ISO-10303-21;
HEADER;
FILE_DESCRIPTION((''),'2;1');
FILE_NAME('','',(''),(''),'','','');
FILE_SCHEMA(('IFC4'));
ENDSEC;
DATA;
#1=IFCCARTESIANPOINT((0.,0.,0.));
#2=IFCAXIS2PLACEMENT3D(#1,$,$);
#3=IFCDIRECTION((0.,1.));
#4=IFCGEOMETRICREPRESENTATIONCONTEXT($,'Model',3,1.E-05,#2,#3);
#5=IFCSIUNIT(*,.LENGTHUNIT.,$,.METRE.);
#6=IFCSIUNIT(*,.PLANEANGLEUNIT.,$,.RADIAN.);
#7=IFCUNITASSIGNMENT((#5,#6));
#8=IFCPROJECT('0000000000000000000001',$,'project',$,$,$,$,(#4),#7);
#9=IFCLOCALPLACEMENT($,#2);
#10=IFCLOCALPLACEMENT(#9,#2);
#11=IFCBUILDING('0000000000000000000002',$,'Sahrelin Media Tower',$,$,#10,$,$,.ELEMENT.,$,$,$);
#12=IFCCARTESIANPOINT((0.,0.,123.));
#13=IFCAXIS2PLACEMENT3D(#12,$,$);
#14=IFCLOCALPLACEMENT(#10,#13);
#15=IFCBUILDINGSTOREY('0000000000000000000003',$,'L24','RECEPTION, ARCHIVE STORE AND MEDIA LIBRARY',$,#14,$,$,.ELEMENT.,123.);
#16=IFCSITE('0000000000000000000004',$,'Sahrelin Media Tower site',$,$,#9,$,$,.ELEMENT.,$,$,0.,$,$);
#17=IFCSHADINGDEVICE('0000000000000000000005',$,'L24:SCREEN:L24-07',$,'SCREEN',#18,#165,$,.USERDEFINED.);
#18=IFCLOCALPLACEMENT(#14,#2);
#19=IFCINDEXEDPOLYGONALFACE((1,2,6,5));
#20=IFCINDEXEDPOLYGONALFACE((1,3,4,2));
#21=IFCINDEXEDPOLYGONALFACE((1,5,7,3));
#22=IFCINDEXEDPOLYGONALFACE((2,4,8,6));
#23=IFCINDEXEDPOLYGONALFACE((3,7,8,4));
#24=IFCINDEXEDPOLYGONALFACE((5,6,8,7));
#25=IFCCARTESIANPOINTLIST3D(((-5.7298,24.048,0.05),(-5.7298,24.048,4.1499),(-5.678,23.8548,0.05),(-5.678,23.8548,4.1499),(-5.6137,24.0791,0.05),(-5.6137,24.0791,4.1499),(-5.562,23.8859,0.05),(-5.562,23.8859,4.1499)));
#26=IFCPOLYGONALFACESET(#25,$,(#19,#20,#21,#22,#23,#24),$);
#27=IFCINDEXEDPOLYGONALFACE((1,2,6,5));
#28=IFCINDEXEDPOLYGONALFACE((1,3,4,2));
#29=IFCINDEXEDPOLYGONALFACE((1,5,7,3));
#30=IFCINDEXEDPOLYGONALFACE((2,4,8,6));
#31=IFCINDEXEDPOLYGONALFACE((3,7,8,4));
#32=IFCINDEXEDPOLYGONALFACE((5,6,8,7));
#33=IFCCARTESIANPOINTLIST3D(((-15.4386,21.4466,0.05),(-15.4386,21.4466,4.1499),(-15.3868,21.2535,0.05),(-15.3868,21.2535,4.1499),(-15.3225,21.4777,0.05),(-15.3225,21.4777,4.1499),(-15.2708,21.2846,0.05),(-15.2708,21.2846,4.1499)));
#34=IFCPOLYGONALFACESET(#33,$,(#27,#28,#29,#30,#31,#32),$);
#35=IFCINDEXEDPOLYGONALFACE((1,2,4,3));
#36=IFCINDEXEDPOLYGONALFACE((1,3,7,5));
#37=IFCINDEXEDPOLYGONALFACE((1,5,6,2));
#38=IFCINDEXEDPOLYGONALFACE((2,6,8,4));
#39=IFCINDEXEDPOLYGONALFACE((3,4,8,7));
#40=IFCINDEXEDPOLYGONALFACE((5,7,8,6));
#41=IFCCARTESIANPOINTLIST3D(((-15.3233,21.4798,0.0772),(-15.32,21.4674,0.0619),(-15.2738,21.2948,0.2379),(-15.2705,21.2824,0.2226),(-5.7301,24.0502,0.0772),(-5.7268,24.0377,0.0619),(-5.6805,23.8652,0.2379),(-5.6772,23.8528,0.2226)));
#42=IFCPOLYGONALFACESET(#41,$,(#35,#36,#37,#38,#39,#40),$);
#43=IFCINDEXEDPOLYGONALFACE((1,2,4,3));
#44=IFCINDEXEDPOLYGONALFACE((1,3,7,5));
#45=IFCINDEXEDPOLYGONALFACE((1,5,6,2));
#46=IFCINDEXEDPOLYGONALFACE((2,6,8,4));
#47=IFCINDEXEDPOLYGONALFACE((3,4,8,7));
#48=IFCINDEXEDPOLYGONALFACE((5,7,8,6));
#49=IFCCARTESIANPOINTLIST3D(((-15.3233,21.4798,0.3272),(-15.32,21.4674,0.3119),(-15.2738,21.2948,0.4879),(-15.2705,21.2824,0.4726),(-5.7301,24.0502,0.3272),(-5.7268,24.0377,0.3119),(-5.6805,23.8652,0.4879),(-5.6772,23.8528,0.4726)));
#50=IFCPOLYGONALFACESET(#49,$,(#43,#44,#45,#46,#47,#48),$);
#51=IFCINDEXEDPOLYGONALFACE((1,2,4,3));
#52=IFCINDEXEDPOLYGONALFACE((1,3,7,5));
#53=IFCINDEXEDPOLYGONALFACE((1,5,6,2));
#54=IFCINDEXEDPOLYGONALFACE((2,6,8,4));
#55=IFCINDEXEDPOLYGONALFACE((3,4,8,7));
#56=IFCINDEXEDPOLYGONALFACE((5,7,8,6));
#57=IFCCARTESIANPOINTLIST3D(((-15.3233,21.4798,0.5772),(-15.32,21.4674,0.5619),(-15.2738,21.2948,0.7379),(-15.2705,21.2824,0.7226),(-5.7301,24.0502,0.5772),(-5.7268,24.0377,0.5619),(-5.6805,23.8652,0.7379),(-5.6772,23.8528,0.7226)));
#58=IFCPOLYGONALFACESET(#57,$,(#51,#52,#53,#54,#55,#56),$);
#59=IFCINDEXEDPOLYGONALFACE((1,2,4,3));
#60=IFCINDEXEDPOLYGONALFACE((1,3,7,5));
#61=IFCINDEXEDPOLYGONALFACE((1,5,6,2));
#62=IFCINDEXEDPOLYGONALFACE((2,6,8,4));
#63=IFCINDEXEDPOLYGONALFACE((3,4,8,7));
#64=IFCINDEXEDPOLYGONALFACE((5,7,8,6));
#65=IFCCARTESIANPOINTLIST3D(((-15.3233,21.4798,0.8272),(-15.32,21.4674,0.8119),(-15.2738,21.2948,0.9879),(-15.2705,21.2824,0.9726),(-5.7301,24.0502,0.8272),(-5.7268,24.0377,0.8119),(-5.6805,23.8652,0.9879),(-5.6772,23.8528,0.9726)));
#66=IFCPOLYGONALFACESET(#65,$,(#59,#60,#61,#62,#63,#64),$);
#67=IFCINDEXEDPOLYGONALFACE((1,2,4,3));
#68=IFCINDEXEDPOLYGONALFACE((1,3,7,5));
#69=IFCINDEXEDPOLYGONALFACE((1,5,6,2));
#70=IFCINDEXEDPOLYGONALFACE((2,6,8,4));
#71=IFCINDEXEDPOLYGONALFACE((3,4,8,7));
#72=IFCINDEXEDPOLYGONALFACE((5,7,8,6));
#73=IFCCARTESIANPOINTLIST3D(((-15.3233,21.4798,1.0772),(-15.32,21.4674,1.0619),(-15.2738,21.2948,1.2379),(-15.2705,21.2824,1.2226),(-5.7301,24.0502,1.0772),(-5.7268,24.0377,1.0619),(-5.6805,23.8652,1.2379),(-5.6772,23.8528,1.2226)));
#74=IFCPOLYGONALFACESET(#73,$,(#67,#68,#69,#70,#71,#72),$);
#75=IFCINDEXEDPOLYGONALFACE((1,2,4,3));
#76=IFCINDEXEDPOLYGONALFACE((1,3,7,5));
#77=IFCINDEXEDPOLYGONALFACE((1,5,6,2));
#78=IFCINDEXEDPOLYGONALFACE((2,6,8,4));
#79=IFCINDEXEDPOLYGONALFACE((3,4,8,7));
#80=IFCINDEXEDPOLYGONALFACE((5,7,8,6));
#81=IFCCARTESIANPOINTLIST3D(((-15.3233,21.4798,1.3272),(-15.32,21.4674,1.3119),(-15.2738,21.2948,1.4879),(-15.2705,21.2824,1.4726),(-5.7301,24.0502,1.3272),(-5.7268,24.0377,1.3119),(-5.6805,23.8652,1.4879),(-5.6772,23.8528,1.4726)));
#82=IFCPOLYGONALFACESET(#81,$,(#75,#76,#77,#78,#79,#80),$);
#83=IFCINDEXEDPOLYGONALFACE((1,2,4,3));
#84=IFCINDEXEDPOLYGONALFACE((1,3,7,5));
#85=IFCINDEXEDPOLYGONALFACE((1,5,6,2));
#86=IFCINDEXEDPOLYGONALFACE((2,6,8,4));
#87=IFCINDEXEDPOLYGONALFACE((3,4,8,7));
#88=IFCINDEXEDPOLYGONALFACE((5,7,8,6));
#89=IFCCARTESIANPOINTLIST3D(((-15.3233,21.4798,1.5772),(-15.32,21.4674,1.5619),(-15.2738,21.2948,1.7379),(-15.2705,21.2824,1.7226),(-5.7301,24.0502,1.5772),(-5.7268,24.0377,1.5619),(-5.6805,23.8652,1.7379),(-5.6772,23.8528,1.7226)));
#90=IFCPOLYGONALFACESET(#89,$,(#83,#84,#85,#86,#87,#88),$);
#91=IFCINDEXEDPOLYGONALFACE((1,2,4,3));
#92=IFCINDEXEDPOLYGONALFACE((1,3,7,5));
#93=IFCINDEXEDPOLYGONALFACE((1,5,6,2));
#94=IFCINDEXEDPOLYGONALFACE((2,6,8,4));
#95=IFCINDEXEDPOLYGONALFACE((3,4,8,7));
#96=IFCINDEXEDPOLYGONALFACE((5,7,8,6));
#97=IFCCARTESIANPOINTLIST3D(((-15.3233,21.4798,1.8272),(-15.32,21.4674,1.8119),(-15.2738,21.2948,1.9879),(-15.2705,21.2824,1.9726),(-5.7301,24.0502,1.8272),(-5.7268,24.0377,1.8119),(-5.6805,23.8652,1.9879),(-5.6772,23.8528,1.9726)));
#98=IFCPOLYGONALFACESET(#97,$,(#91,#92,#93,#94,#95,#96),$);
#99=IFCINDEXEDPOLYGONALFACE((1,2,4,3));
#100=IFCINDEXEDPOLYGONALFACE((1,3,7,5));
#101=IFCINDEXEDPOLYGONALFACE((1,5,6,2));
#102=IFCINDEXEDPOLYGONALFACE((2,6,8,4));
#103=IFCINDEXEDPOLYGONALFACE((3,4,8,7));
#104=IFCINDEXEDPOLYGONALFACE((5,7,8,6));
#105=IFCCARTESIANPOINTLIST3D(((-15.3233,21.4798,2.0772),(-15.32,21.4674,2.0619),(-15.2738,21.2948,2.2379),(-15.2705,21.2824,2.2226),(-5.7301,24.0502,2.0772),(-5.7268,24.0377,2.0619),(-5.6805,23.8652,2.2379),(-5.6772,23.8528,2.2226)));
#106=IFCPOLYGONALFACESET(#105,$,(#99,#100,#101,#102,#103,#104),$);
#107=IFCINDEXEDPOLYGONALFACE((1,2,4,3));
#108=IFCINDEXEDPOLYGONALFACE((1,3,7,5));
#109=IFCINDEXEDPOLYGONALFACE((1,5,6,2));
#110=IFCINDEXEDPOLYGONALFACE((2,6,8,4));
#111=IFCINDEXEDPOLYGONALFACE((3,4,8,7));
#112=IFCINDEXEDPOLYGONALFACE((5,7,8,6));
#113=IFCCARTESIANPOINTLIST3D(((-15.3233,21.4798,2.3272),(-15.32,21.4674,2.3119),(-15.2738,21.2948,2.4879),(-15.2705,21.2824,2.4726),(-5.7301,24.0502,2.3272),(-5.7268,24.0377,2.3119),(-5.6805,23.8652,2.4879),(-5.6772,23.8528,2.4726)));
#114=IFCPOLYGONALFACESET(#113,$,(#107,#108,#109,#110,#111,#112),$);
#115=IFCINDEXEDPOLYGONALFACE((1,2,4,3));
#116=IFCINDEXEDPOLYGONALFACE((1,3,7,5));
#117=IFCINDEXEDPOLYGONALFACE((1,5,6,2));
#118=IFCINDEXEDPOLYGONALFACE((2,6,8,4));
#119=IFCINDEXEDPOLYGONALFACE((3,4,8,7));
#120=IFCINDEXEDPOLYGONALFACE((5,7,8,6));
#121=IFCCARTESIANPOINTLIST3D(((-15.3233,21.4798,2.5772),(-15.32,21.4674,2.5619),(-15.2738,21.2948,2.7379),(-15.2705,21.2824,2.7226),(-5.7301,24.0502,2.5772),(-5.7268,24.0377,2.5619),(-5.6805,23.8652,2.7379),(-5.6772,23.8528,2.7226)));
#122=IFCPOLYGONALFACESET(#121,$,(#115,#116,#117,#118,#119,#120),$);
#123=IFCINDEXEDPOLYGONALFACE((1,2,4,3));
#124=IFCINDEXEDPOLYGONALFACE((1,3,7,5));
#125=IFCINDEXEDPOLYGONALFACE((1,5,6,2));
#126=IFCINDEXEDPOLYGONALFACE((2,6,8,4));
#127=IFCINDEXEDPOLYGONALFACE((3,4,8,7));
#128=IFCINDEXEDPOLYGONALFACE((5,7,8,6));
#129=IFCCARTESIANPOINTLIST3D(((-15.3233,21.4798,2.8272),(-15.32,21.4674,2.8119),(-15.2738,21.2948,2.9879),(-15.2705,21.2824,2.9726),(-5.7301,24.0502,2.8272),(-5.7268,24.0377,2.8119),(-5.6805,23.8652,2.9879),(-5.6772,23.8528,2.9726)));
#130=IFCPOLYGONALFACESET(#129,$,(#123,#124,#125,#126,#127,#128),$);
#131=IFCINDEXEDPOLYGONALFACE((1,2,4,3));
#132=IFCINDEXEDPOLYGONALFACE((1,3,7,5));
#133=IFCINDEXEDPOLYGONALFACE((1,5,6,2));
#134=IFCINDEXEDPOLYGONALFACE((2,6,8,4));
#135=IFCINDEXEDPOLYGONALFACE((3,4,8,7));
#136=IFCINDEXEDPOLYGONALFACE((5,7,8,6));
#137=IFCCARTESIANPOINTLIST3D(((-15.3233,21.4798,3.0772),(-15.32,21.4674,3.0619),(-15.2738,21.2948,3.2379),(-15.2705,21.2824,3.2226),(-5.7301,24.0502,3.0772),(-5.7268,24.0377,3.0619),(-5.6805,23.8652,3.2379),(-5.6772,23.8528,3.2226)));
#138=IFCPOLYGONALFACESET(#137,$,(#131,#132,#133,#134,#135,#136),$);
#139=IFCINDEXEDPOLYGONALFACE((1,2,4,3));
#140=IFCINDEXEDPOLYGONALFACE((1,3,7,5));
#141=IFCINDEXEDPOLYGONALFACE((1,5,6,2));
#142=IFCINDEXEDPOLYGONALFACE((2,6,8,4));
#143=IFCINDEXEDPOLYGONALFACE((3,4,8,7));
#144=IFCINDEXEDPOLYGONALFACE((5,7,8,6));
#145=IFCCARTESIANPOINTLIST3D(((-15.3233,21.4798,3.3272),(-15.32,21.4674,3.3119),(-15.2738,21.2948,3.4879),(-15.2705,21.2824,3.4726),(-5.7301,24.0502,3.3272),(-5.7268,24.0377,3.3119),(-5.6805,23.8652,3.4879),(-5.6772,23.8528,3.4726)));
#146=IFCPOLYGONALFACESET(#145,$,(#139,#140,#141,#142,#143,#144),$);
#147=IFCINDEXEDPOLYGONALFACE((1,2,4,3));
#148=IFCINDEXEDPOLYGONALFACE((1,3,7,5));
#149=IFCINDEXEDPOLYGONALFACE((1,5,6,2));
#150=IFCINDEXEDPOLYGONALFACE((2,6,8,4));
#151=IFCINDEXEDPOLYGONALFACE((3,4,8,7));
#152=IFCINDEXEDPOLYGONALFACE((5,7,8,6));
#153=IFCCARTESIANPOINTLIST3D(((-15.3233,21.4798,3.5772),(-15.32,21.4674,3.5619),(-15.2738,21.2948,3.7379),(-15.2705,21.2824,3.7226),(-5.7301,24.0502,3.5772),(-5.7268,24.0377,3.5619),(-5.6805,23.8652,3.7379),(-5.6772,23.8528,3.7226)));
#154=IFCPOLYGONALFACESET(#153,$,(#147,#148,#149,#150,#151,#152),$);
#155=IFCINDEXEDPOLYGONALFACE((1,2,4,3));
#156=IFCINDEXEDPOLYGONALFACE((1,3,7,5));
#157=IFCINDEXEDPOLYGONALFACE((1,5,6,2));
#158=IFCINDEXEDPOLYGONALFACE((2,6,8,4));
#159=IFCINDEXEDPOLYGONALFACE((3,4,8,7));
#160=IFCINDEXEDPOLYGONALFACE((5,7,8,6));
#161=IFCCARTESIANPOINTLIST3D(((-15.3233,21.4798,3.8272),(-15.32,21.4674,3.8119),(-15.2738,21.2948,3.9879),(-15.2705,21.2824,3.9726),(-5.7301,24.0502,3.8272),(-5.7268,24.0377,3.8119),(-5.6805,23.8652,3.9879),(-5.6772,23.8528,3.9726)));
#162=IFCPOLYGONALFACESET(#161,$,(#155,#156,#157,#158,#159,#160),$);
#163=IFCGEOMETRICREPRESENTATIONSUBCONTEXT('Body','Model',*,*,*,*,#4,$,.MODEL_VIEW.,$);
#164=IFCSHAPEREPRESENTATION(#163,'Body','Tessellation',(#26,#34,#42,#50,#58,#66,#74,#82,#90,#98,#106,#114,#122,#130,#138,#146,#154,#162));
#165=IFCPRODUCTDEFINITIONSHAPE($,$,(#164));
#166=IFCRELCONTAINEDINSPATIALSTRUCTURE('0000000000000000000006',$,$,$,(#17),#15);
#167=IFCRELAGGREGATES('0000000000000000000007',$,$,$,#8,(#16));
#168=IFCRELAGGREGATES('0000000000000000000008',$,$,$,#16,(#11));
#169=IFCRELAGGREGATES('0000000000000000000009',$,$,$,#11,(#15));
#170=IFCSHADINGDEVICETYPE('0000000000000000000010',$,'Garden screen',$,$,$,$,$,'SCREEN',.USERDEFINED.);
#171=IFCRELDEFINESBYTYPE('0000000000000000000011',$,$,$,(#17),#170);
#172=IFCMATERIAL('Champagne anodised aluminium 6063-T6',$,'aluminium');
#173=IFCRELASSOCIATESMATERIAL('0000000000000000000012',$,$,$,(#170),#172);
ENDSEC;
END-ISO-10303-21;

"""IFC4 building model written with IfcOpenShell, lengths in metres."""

from ifc_helpers import new_model, si_unit, direction, frame, origin, origin_2d, place, context, subcontext, project, spatial, rectangle, extrude, material, type_object, element, save


model = new_model("IFC4")

# Units and contexts
model_context = context("Model", 3, precision=1e-05, world=origin(), true_north=direction((0.0, 1.0)))
body_context = subcontext(model_context, "Body", "Model", "MODEL_VIEW")
ifc_project = project(units=[si_unit("LENGTHUNIT", "METRE"), si_unit("PLANEANGLEUNIT", "RADIAN")], contexts=[model_context])

# Site, building, storey
site_placement = place(None, origin())
site = spatial("IfcSite", under=ifc_project, at=site_placement, Name="Sahrelin Media Tower site", CompositionType="ELEMENT", RefElevation=0.0)
building_placement = place(site_placement, origin())
building = spatial("IfcBuilding", under=site, at=building_placement, Name="Sahrelin Media Tower", CompositionType="ELEMENT")
storey_placement = place(building_placement, frame((0.0, 0.0, 123.0)))
storey = spatial("IfcBuildingStorey", under=building, at=storey_placement, Name="L24", Description="RECEPTION, ARCHIVE STORE AND MEDIA LIBRARY", CompositionType="ELEMENT", Elevation=123.0)

# Shared definitions
ifc_material_1 = material(Name="Champagne anodised aluminium 6063-T6", Category="aluminium")

# Shading device
shading_device_type = type_object("IfcShadingDeviceType", Name="Garden screen", ElementType="SCREEN", PredefinedType="USERDEFINED", material=ifc_material_1)
shading_device_1_placement = place(storey_placement, frame((-10.4744, 22.5696, 0.0), z_axis=(0.0, 0.0, 1.0), x_axis=(0.965929, 0.258808, 0.0)))
element("IfcShadingDevice", 1, at=shading_device_1_placement, inside=storey, type_object=shading_device_type, Name="L24:SCREEN:L24-07", ObjectType="SCREEN", PredefinedType="USERDEFINED", context=body_context, shape_type="SweptSolid", body=[
    extrude(rectangle(XDim=0.1201, YDim=0.2, at=origin_2d()), frame((5.0256, 0.1001, 0.05), z_axis=(0.0, 0.0, 1.0), x_axis=(1.0, 0.0, 0.0)), (0.0, 0.0, 1.0), 4.0999),
    extrude(rectangle(XDim=0.1201, YDim=0.2, at=origin_2d()), frame((-5.0256, 0.1001, 0.05), z_axis=(0.0, 0.0, 1.0), x_axis=(1.0, 0.0, 0.0)), (0.0, 0.0, 1.0), 4.0999),
    extrude(rectangle(XDim=0.25, YDim=0.02, at=origin_2d()), frame((4.9658, 0.1001, 0.1499), z_axis=(-1.0, 0.0, 0.0), x_axis=(0.0, -0.766044, 0.642788)), (0.0, 0.0, 1.0), 9.9316),
    extrude(rectangle(XDim=0.25, YDim=0.02, at=origin_2d()), frame((4.9658, 0.1001, 0.3999), z_axis=(-1.0, 0.0, 0.0), x_axis=(0.0, -0.766044, 0.642788)), (0.0, 0.0, 1.0), 9.9316),
    extrude(rectangle(XDim=0.25, YDim=0.02, at=origin_2d()), frame((4.9658, 0.1001, 0.6499), z_axis=(-1.0, 0.0, 0.0), x_axis=(0.0, -0.766044, 0.642788)), (0.0, 0.0, 1.0), 9.9316),
    extrude(rectangle(XDim=0.25, YDim=0.02, at=origin_2d()), frame((4.9658, 0.1001, 0.8999), z_axis=(-1.0, 0.0, 0.0), x_axis=(0.0, -0.766044, 0.642788)), (0.0, 0.0, 1.0), 9.9316),
    extrude(rectangle(XDim=0.25, YDim=0.02, at=origin_2d()), frame((4.9658, 0.1001, 1.1499), z_axis=(-1.0, 0.0, 0.0), x_axis=(0.0, -0.766044, 0.642788)), (0.0, 0.0, 1.0), 9.9316),
    extrude(rectangle(XDim=0.25, YDim=0.02, at=origin_2d()), frame((4.9658, 0.1001, 1.3999), z_axis=(-1.0, 0.0, 0.0), x_axis=(0.0, -0.766044, 0.642788)), (0.0, 0.0, 1.0), 9.9316),
    extrude(rectangle(XDim=0.25, YDim=0.02, at=origin_2d()), frame((4.9658, 0.1001, 1.6499), z_axis=(-1.0, 0.0, 0.0), x_axis=(0.0, -0.766044, 0.642788)), (0.0, 0.0, 1.0), 9.9316),
    extrude(rectangle(XDim=0.25, YDim=0.02, at=origin_2d()), frame((4.9658, 0.1001, 1.8999), z_axis=(-1.0, 0.0, 0.0), x_axis=(0.0, -0.766044, 0.642788)), (0.0, 0.0, 1.0), 9.9316),
    extrude(rectangle(XDim=0.25, YDim=0.02, at=origin_2d()), frame((4.9658, 0.1001, 2.1499), z_axis=(-1.0, 0.0, 0.0), x_axis=(0.0, -0.766044, 0.642788)), (0.0, 0.0, 1.0), 9.9316),
    extrude(rectangle(XDim=0.25, YDim=0.02, at=origin_2d()), frame((4.9658, 0.1001, 2.3999), z_axis=(-1.0, 0.0, 0.0), x_axis=(0.0, -0.766044, 0.642788)), (0.0, 0.0, 1.0), 9.9316),
    extrude(rectangle(XDim=0.25, YDim=0.02, at=origin_2d()), frame((4.9658, 0.1001, 2.6499), z_axis=(-1.0, 0.0, 0.0), x_axis=(0.0, -0.766044, 0.642788)), (0.0, 0.0, 1.0), 9.9316),
    extrude(rectangle(XDim=0.25, YDim=0.02, at=origin_2d()), frame((4.9658, 0.1001, 2.8999), z_axis=(-1.0, 0.0, 0.0), x_axis=(0.0, -0.766044, 0.642788)), (0.0, 0.0, 1.0), 9.9316),
    extrude(rectangle(XDim=0.25, YDim=0.02, at=origin_2d()), frame((4.9658, 0.1001, 3.1499), z_axis=(-1.0, 0.0, 0.0), x_axis=(0.0, -0.766044, 0.642788)), (0.0, 0.0, 1.0), 9.9316),
    extrude(rectangle(XDim=0.25, YDim=0.02, at=origin_2d()), frame((4.9658, 0.1001, 3.3999), z_axis=(-1.0, 0.0, 0.0), x_axis=(0.0, -0.766044, 0.642788)), (0.0, 0.0, 1.0), 9.9316),
    extrude(rectangle(XDim=0.25, YDim=0.02, at=origin_2d()), frame((4.9658, 0.1001, 3.6499), z_axis=(-1.0, 0.0, 0.0), x_axis=(0.0, -0.766044, 0.642788)), (0.0, 0.0, 1.0), 9.9316),
    extrude(rectangle(XDim=0.25, YDim=0.02, at=origin_2d()), frame((4.9658, 0.1001, 3.8999), z_axis=(-1.0, 0.0, 0.0), x_axis=(0.0, -0.766044, 0.642788)), (0.0, 0.0, 1.0), 9.9316),
])

save(model, "model.ifc")
